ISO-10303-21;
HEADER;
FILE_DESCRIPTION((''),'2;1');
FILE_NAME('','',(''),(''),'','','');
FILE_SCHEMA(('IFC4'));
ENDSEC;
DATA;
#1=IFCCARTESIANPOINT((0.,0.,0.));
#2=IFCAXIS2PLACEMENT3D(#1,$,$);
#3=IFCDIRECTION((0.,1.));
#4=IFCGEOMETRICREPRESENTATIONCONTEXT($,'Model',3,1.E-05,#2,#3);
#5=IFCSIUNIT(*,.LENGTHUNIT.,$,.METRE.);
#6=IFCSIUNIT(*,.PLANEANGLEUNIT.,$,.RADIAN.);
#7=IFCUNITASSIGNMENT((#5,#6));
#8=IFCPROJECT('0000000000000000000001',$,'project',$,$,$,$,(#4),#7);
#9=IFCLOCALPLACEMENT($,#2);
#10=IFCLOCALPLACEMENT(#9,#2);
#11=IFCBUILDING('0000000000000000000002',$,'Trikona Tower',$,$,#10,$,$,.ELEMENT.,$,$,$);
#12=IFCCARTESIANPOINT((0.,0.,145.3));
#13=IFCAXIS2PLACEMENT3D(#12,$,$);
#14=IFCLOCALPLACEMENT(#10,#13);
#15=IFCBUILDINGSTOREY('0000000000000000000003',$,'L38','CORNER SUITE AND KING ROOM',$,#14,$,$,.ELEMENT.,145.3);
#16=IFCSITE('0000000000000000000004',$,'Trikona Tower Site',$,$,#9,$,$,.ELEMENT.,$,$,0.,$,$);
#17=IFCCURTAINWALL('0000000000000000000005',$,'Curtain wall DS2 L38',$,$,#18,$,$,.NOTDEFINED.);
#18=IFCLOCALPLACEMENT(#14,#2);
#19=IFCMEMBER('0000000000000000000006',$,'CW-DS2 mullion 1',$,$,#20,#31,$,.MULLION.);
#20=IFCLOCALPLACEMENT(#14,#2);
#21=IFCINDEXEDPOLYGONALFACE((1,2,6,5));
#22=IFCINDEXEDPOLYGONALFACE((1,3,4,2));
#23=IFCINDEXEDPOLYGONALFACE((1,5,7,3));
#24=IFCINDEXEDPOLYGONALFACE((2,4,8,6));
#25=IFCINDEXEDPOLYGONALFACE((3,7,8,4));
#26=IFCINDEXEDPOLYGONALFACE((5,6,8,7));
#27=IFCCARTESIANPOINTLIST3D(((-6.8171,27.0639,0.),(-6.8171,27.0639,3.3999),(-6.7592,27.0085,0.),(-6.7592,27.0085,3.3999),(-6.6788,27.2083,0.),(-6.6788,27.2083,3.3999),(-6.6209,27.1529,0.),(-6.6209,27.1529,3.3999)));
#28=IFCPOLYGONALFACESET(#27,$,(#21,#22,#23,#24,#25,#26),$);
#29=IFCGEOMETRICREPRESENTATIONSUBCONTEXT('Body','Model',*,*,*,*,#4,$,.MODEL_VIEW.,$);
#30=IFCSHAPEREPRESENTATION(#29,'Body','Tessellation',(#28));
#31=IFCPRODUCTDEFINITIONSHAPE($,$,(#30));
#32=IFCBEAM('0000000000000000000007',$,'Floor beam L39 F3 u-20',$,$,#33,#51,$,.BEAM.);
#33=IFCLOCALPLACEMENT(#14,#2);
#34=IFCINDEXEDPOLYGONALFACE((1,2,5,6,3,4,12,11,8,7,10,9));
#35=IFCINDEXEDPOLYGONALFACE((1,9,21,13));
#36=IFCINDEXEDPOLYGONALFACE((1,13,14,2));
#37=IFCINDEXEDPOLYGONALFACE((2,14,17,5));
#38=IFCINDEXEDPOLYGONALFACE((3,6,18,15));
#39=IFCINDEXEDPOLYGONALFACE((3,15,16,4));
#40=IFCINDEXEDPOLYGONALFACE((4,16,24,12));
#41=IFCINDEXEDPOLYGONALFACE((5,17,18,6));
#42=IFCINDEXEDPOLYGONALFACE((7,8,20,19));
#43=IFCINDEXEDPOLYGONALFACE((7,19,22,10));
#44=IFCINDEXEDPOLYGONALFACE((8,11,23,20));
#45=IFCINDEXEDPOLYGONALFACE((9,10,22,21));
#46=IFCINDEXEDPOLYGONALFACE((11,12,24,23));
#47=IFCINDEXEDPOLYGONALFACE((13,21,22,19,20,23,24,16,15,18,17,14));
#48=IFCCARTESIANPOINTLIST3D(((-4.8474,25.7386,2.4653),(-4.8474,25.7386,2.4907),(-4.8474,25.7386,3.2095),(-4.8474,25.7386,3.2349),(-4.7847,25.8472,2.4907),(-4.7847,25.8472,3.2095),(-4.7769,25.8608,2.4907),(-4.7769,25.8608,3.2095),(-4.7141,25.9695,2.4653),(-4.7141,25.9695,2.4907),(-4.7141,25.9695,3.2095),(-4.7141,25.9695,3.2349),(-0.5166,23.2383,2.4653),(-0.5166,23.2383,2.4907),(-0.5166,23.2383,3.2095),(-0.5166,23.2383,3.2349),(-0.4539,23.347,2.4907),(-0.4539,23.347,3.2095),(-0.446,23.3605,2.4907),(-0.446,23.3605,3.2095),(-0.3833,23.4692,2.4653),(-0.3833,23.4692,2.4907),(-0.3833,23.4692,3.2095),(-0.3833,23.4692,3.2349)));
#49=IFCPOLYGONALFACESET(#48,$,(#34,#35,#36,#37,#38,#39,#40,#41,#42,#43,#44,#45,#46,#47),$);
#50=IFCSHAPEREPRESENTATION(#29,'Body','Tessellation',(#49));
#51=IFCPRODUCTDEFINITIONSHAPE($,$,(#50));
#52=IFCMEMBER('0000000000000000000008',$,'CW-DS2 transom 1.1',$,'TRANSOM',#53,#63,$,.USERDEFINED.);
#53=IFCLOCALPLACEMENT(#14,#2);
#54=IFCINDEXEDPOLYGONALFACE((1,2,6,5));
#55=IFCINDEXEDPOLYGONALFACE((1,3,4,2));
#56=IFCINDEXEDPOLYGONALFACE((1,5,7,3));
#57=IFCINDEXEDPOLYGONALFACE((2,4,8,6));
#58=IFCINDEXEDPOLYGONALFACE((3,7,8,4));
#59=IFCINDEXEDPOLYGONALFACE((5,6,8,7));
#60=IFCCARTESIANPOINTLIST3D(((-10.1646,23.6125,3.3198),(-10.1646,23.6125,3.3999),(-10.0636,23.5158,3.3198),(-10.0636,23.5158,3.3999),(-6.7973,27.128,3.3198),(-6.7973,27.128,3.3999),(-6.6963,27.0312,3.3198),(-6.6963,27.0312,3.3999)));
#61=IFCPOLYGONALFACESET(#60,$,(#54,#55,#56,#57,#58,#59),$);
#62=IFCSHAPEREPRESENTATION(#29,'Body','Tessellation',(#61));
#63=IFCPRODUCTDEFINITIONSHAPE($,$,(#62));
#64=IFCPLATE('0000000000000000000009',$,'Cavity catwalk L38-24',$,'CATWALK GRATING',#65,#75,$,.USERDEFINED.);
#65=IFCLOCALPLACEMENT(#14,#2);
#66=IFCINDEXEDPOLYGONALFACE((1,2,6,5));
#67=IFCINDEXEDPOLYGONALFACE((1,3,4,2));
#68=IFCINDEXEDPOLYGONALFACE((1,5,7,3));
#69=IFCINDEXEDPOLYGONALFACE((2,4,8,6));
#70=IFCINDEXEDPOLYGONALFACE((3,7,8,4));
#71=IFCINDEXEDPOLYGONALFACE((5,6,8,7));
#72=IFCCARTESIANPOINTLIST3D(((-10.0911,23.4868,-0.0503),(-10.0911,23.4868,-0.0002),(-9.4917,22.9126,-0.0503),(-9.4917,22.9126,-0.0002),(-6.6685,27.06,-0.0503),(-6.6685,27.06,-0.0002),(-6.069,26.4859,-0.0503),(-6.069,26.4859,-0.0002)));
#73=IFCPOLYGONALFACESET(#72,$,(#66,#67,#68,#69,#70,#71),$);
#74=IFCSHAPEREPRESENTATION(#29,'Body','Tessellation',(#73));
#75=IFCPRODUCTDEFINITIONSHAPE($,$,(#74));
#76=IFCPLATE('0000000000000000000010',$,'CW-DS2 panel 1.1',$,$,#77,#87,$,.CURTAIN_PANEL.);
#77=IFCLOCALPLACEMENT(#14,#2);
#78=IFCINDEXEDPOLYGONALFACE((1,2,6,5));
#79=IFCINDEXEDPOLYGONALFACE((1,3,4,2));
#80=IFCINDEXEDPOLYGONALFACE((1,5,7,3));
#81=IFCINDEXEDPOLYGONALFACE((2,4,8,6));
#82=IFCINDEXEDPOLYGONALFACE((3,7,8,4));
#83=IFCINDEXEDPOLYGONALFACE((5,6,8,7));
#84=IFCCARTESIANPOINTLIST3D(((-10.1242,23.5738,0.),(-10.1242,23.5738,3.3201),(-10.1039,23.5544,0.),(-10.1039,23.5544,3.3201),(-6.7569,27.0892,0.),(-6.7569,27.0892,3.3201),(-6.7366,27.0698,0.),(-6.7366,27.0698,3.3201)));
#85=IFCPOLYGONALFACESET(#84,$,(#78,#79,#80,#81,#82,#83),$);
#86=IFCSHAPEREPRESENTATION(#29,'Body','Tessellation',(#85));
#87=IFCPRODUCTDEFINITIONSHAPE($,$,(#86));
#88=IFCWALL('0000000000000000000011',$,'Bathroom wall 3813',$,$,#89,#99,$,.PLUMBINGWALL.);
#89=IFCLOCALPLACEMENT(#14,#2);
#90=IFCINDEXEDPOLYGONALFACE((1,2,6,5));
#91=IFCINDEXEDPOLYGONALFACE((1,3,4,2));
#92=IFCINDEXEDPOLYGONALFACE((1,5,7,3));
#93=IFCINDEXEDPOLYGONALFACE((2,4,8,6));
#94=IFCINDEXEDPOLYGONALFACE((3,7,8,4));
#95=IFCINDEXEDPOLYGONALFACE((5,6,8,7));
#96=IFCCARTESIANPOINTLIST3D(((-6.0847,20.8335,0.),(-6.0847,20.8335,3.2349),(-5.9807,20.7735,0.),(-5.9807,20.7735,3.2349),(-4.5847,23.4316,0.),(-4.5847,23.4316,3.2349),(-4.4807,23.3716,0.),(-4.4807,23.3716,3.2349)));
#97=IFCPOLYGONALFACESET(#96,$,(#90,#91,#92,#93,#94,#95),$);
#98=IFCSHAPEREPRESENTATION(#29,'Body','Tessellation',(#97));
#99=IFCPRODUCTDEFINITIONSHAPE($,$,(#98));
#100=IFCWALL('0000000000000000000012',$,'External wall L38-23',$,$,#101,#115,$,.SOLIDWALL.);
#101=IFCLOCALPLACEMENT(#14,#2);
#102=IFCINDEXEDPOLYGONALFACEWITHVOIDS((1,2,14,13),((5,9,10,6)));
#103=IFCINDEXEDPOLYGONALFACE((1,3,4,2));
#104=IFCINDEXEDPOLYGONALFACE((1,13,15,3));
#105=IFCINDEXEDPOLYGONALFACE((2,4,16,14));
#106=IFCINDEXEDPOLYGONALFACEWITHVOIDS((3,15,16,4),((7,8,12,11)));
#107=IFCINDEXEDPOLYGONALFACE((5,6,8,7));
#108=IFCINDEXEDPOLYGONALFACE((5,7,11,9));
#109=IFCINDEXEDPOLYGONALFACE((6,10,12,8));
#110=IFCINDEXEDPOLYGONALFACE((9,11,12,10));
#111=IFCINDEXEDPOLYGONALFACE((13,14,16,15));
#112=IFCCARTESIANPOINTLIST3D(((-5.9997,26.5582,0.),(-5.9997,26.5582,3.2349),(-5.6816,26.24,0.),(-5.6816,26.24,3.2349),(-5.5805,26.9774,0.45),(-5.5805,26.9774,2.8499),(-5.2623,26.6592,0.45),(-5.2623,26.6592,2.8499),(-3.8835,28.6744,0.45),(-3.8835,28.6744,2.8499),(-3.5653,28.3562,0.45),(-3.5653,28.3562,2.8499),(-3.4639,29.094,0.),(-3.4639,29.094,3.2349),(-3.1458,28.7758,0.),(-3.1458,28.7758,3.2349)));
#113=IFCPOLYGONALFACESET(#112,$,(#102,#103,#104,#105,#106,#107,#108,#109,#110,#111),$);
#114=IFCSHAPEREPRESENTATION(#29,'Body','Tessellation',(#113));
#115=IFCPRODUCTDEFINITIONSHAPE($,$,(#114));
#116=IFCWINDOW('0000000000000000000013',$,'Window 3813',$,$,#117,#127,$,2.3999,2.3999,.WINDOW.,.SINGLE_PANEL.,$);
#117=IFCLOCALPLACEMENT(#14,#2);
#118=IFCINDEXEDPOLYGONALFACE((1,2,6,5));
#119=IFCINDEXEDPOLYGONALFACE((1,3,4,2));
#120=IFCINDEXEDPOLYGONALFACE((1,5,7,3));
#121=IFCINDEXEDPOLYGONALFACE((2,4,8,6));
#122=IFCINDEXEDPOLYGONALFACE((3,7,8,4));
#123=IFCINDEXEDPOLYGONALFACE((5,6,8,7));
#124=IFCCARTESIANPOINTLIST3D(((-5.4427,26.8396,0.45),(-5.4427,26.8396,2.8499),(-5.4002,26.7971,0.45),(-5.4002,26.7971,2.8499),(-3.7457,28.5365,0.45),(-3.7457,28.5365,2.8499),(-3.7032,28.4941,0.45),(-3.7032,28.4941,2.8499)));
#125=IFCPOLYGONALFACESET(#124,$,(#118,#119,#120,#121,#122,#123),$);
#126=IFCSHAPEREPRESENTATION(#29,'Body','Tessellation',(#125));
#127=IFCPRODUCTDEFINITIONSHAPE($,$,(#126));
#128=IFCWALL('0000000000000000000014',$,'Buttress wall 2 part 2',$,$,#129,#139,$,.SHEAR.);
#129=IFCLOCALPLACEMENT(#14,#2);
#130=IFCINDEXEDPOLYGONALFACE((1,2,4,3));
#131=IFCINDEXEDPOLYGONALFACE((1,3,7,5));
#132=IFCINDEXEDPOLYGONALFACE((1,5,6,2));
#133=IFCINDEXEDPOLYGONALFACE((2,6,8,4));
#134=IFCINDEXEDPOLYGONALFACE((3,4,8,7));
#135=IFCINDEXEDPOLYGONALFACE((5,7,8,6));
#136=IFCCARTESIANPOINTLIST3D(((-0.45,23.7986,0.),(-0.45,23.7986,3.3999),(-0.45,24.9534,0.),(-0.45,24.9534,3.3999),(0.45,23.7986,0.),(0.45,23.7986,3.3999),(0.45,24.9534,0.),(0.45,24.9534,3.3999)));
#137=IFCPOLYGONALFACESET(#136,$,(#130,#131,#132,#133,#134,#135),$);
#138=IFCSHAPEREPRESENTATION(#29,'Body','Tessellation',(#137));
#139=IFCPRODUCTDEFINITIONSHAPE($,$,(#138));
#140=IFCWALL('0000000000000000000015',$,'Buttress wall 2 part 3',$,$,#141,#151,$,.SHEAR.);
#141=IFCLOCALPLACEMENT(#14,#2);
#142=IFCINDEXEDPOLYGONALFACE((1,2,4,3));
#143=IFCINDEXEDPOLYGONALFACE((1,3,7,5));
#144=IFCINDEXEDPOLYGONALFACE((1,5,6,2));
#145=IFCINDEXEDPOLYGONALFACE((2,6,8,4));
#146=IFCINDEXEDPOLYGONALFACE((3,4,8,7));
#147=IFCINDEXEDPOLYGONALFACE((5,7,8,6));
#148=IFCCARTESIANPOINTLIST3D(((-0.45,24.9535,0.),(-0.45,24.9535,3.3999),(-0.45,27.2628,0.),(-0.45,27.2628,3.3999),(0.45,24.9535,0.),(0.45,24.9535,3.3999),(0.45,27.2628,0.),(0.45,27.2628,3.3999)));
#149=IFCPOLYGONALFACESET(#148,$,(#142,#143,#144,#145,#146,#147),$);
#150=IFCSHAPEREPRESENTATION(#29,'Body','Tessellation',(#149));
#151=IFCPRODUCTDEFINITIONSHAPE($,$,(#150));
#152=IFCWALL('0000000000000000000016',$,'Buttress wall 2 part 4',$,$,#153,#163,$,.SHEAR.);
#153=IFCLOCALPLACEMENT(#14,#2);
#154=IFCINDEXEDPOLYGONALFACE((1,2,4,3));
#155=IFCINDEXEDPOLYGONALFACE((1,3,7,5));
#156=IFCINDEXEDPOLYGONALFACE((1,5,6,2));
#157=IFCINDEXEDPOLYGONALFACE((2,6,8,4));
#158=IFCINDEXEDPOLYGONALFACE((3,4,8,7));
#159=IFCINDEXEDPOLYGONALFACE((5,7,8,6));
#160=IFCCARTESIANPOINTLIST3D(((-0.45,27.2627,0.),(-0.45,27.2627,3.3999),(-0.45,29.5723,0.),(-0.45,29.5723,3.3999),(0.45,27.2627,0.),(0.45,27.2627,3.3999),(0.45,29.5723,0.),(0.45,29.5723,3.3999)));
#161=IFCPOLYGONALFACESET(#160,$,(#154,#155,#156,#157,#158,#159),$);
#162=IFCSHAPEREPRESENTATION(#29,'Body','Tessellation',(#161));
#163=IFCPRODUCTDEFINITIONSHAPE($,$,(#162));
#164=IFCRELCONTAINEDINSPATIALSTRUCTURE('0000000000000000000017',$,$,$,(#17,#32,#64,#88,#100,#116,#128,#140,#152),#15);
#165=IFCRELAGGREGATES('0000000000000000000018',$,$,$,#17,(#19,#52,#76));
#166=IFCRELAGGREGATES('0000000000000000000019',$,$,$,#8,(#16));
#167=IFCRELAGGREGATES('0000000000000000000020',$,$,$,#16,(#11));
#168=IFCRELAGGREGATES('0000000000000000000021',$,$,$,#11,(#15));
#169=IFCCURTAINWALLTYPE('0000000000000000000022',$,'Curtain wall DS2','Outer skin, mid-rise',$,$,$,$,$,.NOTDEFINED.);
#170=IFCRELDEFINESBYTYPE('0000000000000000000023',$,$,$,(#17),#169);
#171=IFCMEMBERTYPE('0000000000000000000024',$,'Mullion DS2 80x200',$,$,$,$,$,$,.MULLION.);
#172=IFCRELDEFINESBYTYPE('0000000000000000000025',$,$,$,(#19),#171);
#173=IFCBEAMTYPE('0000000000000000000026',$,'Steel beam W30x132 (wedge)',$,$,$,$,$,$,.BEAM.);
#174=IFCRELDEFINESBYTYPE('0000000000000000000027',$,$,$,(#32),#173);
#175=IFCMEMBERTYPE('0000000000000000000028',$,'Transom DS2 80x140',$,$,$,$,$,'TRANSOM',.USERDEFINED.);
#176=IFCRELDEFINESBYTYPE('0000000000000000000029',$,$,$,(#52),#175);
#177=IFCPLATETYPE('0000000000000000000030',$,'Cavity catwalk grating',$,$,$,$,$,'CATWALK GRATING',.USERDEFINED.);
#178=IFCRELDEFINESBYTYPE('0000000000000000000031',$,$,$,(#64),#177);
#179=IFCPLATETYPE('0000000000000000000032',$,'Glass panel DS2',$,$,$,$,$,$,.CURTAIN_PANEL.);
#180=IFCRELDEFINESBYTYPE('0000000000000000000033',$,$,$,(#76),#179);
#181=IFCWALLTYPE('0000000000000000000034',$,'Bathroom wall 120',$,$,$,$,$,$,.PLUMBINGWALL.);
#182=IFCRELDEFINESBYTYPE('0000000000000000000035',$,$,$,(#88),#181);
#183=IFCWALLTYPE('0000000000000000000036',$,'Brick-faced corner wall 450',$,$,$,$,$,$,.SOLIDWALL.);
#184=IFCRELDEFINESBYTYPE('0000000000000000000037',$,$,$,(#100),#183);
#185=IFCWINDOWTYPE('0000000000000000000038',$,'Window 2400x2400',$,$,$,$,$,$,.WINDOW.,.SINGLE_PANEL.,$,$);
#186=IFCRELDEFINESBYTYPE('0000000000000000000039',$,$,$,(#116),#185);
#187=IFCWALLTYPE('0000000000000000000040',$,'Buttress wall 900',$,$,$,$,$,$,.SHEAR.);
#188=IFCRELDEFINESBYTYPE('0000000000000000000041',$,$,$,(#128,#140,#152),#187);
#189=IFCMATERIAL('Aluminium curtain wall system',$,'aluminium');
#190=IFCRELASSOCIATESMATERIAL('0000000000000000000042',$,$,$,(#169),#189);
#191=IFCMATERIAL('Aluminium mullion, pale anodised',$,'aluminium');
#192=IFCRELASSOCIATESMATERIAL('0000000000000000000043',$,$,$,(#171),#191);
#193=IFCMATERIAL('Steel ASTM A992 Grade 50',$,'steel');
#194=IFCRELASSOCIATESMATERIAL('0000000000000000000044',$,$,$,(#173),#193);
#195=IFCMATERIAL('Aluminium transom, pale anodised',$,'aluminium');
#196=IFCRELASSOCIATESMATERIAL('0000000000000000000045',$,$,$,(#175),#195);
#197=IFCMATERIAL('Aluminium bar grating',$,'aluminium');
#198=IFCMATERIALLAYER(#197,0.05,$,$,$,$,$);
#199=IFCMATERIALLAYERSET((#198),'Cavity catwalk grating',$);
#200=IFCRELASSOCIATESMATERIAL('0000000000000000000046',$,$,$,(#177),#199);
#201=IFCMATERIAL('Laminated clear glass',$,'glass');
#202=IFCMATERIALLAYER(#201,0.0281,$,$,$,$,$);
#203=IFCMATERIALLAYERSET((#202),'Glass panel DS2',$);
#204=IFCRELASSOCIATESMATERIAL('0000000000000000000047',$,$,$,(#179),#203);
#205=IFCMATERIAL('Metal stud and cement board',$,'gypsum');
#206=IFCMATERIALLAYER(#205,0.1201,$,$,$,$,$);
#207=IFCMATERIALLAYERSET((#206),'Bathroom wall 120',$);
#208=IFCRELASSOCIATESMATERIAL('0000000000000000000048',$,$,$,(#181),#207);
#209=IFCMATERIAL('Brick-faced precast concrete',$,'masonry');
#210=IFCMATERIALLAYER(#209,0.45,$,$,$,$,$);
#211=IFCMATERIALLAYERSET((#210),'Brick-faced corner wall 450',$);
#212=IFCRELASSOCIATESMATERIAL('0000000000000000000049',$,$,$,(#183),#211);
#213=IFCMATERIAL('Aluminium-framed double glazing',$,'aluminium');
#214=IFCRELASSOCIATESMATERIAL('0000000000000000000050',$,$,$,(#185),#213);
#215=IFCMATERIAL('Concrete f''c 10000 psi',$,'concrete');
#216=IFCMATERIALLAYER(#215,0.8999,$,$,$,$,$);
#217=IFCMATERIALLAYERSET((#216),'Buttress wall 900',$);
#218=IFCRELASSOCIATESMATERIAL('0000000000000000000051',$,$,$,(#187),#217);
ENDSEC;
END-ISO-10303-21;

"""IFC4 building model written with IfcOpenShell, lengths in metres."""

from ifc_helpers import new_model, si_unit, direction, frame, frame_2d, origin, origin_2d, place, context, subcontext, project, spatial, rectangle, i_section, extrude, material, layer, layer_set, material_profile, profile_set, type_object, element, fill, aggregate, save


model = new_model("IFC4")

# Units and contexts
model_context = context("Model", 3, precision=1e-05, world=origin(), true_north=direction((0.0, 1.0)))
body_context = subcontext(model_context, "Body", "Model", "MODEL_VIEW")
ifc_project = project(units=[si_unit("LENGTHUNIT", "METRE"), si_unit("PLANEANGLEUNIT", "RADIAN")], contexts=[model_context])

# Site, building, storey
site_placement = place(None, origin())
site = spatial("IfcSite", under=ifc_project, at=site_placement, Name="Trikona Tower Site", CompositionType="ELEMENT", RefElevation=0.0)
building_placement = place(site_placement, origin())
building = spatial("IfcBuilding", under=site, at=building_placement, Name="Trikona Tower", CompositionType="ELEMENT")
storey_placement = place(building_placement, frame((0.0, 0.0, 145.3)))
storey = spatial("IfcBuildingStorey", under=building, at=storey_placement, Name="L38", Description="CORNER SUITE AND KING ROOM", CompositionType="ELEMENT", Elevation=145.3)

# Curtain wall, member
ifc_material_1 = material(Name="Aluminium curtain wall system", Category="aluminium")
curtain_wall_type = type_object("IfcCurtainWallType", Name="Curtain wall DS2", Description="Outer skin, mid-rise", PredefinedType="NOTDEFINED", material=ifc_material_1)
curtain_wall_placement = place(storey_placement, origin())
curtain_wall = element("IfcCurtainWall", 1, at=curtain_wall_placement, inside=storey, type_object=curtain_wall_type, Name="Curtain wall DS2 L38", PredefinedType="NOTDEFINED")
ifc_material_2 = material(Name="Aluminium mullion, pale anodised", Category="aluminium")
ifc_material_profile_1 = material_profile(ifc_material_2, rectangle(XDim=0.0801, YDim=0.2, at=origin_2d()), Name="MUL-DS2")
ifc_profile_set_1 = profile_set([ifc_material_profile_1], Name="Aluminium mullion, pale anodised")
member_type_1 = type_object("IfcMemberType", Name="Mullion DS2 80x200", PredefinedType="MULLION", material=ifc_profile_set_1)
member_1_placement = place(storey_placement, frame((-6.719, 27.1084, 0.0), z_axis=(0.0, 0.0, 1.0), x_axis=(0.722158, -0.691728, 0.0)))
member_1 = element("IfcMember", 2, at=member_1_placement, type_object=member_type_1, Name="CW-DS2 mullion 1", PredefinedType="MULLION", context=body_context, shape_type="SweptSolid", body=[
    extrude(rectangle(XDim=0.0801, YDim=0.2, at=origin_2d()), origin(), (0.0, 0.0, 1.0), 3.3999),
])

# Beam
ifc_material_3 = material(Name="Steel ASTM A992 Grade 50", Category="steel")
ifc_material_profile_2 = material_profile(ifc_material_3, i_section(OverallWidth=0.2666, OverallDepth=0.7695, WebThickness=0.0156, FlangeThickness=0.0254, at=origin_2d()), Name="W30X132")
ifc_profile_set_2 = profile_set([ifc_material_profile_2], Name="Steel ASTM A992 Grade 50")
beam_type = type_object("IfcBeamType", Name="Steel beam W30x132 (wedge)", PredefinedType="BEAM", material=ifc_profile_set_2)
beam_placement = place(storey_placement, frame((-0.45, 23.3538, 2.8501), z_axis=(-0.866038, 0.499977, 0.0), x_axis=(-0.499977, -0.866038, 0.0)))
element("IfcBeam", 3, at=beam_placement, inside=storey, type_object=beam_type, Name="Floor beam L39 F3 u-20", PredefinedType="BEAM", context=body_context, shape_type="SweptSolid", body=[
    extrude(i_section(OverallWidth=0.2666, OverallDepth=0.7695, WebThickness=0.0156, FlangeThickness=0.0254, at=origin_2d()), origin(), (0.0, 0.0, 1.0), 5.0007),
])

# Member
ifc_material_4 = material(Name="Aluminium transom, pale anodised", Category="aluminium")
ifc_material_profile_3 = material_profile(ifc_material_4, rectangle(XDim=0.1399, YDim=0.0801, at=origin_2d()), Name="TRN-DS2")
ifc_profile_set_3 = profile_set([ifc_material_profile_3], Name="Aluminium transom, pale anodised")
member_type_2 = type_object("IfcMemberType", Name="Transom DS2 80x140", ElementType="TRANSOM", PredefinedType="USERDEFINED", material=ifc_profile_set_3)
member_2_placement = place(storey_placement, frame((-6.7468, 27.0796, 3.3599), z_axis=(-0.691721, -0.722165, 0.0), x_axis=(0.722165, -0.691721, 0.0)))
member_2 = element("IfcMember", 4, at=member_2_placement, type_object=member_type_2, Name="CW-DS2 transom 1.1", ObjectType="TRANSOM", PredefinedType="USERDEFINED", context=body_context, shape_type="SweptSolid", body=[
    extrude(rectangle(XDim=0.1399, YDim=0.0801, at=origin_2d()), origin(), (0.0, 0.0, 1.0), 4.8679),
])

# Plates
ifc_material_5 = material(Name="Aluminium bar grating", Category="aluminium")
ifc_layer_1 = layer(ifc_material_5, 0.05)
ifc_layer_set_1 = layer_set([ifc_layer_1], Name="Cavity catwalk grating")
plate_type_1 = type_object("IfcPlateType", Name="Cavity catwalk grating", ElementType="CATWALK GRATING", PredefinedType="USERDEFINED", material=ifc_layer_set_1)
plate_1_placement = place(storey_placement, frame((-8.0801, 24.9863, -0.0503), z_axis=(0.0, 0.0, 1.0), x_axis=(-0.691724, -0.722162, 0.0)))
element("IfcPlate", 5, at=plate_1_placement, inside=storey, type_object=plate_type_1, Name="Cavity catwalk L38-24", ObjectType="CATWALK GRATING", PredefinedType="USERDEFINED", context=body_context, shape_type="SweptSolid", body=[
    extrude(rectangle(XDim=4.948, YDim=0.8301, at=origin_2d()), origin(), (0.0, 0.0, 1.0), 0.05),
])
ifc_material_6 = material(Name="Laminated clear glass", Category="glass")
ifc_layer_2 = layer(ifc_material_6, 0.0281)
ifc_layer_set_2 = layer_set([ifc_layer_2], Name="Glass panel DS2")
plate_type_2 = type_object("IfcPlateType", Name="Glass panel DS2", PredefinedType="CURTAIN_PANEL", material=ifc_layer_set_2)
plate_2_placement = place(storey_placement, frame((-8.4304, 25.3218, 0.0), z_axis=(0.0, 0.0, 1.0), x_axis=(-0.691728, -0.722158, 0.0)))
plate_2 = element("IfcPlate", 6, at=plate_2_placement, type_object=plate_type_2, Name="CW-DS2 panel 1.1", PredefinedType="CURTAIN_PANEL", context=body_context, shape_type="SweptSolid", body=[
    extrude(rectangle(XDim=4.8679, YDim=0.0281, at=origin_2d()), origin(), (0.0, 0.0, 1.0), 3.3201),
])
aggregate(curtain_wall, [member_1, member_2, plate_2])

# Wall
ifc_material_7 = material(Name="Metal stud and cement board", Category="gypsum")
ifc_layer_3 = layer(ifc_material_7, 0.1201)
ifc_layer_set_3 = layer_set([ifc_layer_3], Name="Bathroom wall 120")
wall_type_1 = type_object("IfcWallType", Name="Bathroom wall 120", PredefinedType="PLUMBINGWALL", material=ifc_layer_set_3)
wall_1_placement = place(storey_placement, frame((-4.5327, 23.4016, 0.0), z_axis=(0.0, 0.0, 1.0), x_axis=(-0.49999, -0.866031, 0.0)))
element("IfcWall", 7, at=wall_1_placement, inside=storey, type_object=wall_type_1, Name="Bathroom wall 3813", PredefinedType="PLUMBINGWALL", context=body_context, shape_type="SweptSolid", body=[
    extrude(rectangle(XDim=3.0, YDim=0.1201, at=frame_2d((1.5, 0.0))), origin(), (0.0, 0.0, 1.0), 3.2349),
])

# Wall, opening, window
ifc_material_8 = material(Name="Brick-faced precast concrete", Category="masonry")
ifc_layer_4 = layer(ifc_material_8, 0.45)
ifc_layer_set_4 = layer_set([ifc_layer_4], Name="Brick-faced corner wall 450")
wall_type_2 = type_object("IfcWallType", Name="Brick-faced corner wall 450", PredefinedType="SOLIDWALL", material=ifc_layer_set_4)
wall_2_placement = place(storey_placement, frame((-3.3049, 28.9348, 0.0), z_axis=(0.0, 0.0, 1.0), x_axis=(-0.707107, -0.707107, 0.0)))
wall_2 = element("IfcWall", 8, at=wall_2_placement, inside=storey, type_object=wall_type_2, Name="External wall L38-23", PredefinedType="SOLIDWALL", context=body_context, shape_type="SweptSolid", body=[
    extrude(rectangle(XDim=3.5862, YDim=0.45, at=frame_2d((1.793, 0.0))), origin(), (0.0, 0.0, 1.0), 3.2349),
])
opening_1_placement = place(wall_2_placement, frame((0.5933, 0.0, 0.45)))
opening_1 = element("IfcOpeningElement", 9, at=opening_1_placement, cuts=wall_2, PredefinedType="OPENING", context=body_context, shape_type="SweptSolid", body=[
    extrude(rectangle(XDim=2.3999, YDim=2.3999, at=frame_2d((1.2, 1.2))), frame((0.0, 0.2349, 0.0), z_axis=(0.0, -1.0, 0.0), x_axis=(1.0, 0.0, 0.0)), (0.0, 0.0, 1.0), 0.47),
])
ifc_material_9 = material(Name="Aluminium-framed double glazing", Category="aluminium")
window_type_1 = type_object("IfcWindowType", Name="Window 2400x2400", PartitioningType="SINGLE_PANEL", PredefinedType="WINDOW", material=ifc_material_9)
window_1_placement = place(opening_1_placement, origin())
window_1 = element("IfcWindow", 10, at=window_1_placement, inside=storey, type_object=window_type_1, Name="Window 3813", OverallHeight=2.3999, OverallWidth=2.3999, PartitioningType="SINGLE_PANEL", PredefinedType="WINDOW", context=body_context, shape_type="SweptSolid", body=[
    extrude(rectangle(XDim=2.3999, YDim=2.3999, at=frame_2d((1.2, 1.2))), frame((0.0, 0.03, 0.0), z_axis=(0.0, -1.0, 0.0), x_axis=(1.0, 0.0, 0.0)), (0.0, 0.0, 1.0), 0.0601),
])
fill(opening_1, window_1)

# Walls
ifc_material_10 = material(Name="Concrete f'c 10000 psi", Category="concrete")
ifc_layer_5 = layer(ifc_material_10, 0.8999)
ifc_layer_set_5 = layer_set([ifc_layer_5], Name="Buttress wall 900")
wall_type_3 = type_object("IfcWallType", Name="Buttress wall 900", PredefinedType="SHEAR", material=ifc_layer_set_5)
wall_3_placement = place(storey_placement, frame((0.0, 23.7986, 0.0), z_axis=(0.0, 0.0, 1.0), x_axis=(0.0, 1.0, 0.0)))
element("IfcWall", 11, at=wall_3_placement, inside=storey, type_object=wall_type_3, Name="Buttress wall 2 part 2", PredefinedType="SHEAR", context=body_context, shape_type="SweptSolid", body=[
    extrude(rectangle(XDim=1.1548, YDim=0.8999, at=frame_2d((0.5774, 0.0))), origin(), (0.0, 0.0, 1.0), 3.3999),
])
wall_4_placement = place(storey_placement, frame((0.0, 24.9534, 0.0), z_axis=(0.0, 0.0, 1.0), x_axis=(0.0, 1.0, 0.0)))
element("IfcWall", 12, at=wall_4_placement, inside=storey, type_object=wall_type_3, Name="Buttress wall 2 part 3", PredefinedType="SHEAR", context=body_context, shape_type="SweptSolid", body=[
    extrude(rectangle(XDim=2.3093, YDim=0.8999, at=frame_2d((1.1548, 0.0))), origin(), (0.0, 0.0, 1.0), 3.3999),
])
wall_5_placement = place(storey_placement, frame((0.0, 27.2627, 0.0), z_axis=(0.0, 0.0, 1.0), x_axis=(0.0, 1.0, 0.0)))
element("IfcWall", 13, at=wall_5_placement, inside=storey, type_object=wall_type_3, Name="Buttress wall 2 part 4", PredefinedType="SHEAR", context=body_context, shape_type="SweptSolid", body=[
    extrude(rectangle(XDim=2.3096, YDim=0.8999, at=frame_2d((1.1548, 0.0))), origin(), (0.0, 0.0, 1.0), 3.3999),
])

save(model, "model.ifc")
